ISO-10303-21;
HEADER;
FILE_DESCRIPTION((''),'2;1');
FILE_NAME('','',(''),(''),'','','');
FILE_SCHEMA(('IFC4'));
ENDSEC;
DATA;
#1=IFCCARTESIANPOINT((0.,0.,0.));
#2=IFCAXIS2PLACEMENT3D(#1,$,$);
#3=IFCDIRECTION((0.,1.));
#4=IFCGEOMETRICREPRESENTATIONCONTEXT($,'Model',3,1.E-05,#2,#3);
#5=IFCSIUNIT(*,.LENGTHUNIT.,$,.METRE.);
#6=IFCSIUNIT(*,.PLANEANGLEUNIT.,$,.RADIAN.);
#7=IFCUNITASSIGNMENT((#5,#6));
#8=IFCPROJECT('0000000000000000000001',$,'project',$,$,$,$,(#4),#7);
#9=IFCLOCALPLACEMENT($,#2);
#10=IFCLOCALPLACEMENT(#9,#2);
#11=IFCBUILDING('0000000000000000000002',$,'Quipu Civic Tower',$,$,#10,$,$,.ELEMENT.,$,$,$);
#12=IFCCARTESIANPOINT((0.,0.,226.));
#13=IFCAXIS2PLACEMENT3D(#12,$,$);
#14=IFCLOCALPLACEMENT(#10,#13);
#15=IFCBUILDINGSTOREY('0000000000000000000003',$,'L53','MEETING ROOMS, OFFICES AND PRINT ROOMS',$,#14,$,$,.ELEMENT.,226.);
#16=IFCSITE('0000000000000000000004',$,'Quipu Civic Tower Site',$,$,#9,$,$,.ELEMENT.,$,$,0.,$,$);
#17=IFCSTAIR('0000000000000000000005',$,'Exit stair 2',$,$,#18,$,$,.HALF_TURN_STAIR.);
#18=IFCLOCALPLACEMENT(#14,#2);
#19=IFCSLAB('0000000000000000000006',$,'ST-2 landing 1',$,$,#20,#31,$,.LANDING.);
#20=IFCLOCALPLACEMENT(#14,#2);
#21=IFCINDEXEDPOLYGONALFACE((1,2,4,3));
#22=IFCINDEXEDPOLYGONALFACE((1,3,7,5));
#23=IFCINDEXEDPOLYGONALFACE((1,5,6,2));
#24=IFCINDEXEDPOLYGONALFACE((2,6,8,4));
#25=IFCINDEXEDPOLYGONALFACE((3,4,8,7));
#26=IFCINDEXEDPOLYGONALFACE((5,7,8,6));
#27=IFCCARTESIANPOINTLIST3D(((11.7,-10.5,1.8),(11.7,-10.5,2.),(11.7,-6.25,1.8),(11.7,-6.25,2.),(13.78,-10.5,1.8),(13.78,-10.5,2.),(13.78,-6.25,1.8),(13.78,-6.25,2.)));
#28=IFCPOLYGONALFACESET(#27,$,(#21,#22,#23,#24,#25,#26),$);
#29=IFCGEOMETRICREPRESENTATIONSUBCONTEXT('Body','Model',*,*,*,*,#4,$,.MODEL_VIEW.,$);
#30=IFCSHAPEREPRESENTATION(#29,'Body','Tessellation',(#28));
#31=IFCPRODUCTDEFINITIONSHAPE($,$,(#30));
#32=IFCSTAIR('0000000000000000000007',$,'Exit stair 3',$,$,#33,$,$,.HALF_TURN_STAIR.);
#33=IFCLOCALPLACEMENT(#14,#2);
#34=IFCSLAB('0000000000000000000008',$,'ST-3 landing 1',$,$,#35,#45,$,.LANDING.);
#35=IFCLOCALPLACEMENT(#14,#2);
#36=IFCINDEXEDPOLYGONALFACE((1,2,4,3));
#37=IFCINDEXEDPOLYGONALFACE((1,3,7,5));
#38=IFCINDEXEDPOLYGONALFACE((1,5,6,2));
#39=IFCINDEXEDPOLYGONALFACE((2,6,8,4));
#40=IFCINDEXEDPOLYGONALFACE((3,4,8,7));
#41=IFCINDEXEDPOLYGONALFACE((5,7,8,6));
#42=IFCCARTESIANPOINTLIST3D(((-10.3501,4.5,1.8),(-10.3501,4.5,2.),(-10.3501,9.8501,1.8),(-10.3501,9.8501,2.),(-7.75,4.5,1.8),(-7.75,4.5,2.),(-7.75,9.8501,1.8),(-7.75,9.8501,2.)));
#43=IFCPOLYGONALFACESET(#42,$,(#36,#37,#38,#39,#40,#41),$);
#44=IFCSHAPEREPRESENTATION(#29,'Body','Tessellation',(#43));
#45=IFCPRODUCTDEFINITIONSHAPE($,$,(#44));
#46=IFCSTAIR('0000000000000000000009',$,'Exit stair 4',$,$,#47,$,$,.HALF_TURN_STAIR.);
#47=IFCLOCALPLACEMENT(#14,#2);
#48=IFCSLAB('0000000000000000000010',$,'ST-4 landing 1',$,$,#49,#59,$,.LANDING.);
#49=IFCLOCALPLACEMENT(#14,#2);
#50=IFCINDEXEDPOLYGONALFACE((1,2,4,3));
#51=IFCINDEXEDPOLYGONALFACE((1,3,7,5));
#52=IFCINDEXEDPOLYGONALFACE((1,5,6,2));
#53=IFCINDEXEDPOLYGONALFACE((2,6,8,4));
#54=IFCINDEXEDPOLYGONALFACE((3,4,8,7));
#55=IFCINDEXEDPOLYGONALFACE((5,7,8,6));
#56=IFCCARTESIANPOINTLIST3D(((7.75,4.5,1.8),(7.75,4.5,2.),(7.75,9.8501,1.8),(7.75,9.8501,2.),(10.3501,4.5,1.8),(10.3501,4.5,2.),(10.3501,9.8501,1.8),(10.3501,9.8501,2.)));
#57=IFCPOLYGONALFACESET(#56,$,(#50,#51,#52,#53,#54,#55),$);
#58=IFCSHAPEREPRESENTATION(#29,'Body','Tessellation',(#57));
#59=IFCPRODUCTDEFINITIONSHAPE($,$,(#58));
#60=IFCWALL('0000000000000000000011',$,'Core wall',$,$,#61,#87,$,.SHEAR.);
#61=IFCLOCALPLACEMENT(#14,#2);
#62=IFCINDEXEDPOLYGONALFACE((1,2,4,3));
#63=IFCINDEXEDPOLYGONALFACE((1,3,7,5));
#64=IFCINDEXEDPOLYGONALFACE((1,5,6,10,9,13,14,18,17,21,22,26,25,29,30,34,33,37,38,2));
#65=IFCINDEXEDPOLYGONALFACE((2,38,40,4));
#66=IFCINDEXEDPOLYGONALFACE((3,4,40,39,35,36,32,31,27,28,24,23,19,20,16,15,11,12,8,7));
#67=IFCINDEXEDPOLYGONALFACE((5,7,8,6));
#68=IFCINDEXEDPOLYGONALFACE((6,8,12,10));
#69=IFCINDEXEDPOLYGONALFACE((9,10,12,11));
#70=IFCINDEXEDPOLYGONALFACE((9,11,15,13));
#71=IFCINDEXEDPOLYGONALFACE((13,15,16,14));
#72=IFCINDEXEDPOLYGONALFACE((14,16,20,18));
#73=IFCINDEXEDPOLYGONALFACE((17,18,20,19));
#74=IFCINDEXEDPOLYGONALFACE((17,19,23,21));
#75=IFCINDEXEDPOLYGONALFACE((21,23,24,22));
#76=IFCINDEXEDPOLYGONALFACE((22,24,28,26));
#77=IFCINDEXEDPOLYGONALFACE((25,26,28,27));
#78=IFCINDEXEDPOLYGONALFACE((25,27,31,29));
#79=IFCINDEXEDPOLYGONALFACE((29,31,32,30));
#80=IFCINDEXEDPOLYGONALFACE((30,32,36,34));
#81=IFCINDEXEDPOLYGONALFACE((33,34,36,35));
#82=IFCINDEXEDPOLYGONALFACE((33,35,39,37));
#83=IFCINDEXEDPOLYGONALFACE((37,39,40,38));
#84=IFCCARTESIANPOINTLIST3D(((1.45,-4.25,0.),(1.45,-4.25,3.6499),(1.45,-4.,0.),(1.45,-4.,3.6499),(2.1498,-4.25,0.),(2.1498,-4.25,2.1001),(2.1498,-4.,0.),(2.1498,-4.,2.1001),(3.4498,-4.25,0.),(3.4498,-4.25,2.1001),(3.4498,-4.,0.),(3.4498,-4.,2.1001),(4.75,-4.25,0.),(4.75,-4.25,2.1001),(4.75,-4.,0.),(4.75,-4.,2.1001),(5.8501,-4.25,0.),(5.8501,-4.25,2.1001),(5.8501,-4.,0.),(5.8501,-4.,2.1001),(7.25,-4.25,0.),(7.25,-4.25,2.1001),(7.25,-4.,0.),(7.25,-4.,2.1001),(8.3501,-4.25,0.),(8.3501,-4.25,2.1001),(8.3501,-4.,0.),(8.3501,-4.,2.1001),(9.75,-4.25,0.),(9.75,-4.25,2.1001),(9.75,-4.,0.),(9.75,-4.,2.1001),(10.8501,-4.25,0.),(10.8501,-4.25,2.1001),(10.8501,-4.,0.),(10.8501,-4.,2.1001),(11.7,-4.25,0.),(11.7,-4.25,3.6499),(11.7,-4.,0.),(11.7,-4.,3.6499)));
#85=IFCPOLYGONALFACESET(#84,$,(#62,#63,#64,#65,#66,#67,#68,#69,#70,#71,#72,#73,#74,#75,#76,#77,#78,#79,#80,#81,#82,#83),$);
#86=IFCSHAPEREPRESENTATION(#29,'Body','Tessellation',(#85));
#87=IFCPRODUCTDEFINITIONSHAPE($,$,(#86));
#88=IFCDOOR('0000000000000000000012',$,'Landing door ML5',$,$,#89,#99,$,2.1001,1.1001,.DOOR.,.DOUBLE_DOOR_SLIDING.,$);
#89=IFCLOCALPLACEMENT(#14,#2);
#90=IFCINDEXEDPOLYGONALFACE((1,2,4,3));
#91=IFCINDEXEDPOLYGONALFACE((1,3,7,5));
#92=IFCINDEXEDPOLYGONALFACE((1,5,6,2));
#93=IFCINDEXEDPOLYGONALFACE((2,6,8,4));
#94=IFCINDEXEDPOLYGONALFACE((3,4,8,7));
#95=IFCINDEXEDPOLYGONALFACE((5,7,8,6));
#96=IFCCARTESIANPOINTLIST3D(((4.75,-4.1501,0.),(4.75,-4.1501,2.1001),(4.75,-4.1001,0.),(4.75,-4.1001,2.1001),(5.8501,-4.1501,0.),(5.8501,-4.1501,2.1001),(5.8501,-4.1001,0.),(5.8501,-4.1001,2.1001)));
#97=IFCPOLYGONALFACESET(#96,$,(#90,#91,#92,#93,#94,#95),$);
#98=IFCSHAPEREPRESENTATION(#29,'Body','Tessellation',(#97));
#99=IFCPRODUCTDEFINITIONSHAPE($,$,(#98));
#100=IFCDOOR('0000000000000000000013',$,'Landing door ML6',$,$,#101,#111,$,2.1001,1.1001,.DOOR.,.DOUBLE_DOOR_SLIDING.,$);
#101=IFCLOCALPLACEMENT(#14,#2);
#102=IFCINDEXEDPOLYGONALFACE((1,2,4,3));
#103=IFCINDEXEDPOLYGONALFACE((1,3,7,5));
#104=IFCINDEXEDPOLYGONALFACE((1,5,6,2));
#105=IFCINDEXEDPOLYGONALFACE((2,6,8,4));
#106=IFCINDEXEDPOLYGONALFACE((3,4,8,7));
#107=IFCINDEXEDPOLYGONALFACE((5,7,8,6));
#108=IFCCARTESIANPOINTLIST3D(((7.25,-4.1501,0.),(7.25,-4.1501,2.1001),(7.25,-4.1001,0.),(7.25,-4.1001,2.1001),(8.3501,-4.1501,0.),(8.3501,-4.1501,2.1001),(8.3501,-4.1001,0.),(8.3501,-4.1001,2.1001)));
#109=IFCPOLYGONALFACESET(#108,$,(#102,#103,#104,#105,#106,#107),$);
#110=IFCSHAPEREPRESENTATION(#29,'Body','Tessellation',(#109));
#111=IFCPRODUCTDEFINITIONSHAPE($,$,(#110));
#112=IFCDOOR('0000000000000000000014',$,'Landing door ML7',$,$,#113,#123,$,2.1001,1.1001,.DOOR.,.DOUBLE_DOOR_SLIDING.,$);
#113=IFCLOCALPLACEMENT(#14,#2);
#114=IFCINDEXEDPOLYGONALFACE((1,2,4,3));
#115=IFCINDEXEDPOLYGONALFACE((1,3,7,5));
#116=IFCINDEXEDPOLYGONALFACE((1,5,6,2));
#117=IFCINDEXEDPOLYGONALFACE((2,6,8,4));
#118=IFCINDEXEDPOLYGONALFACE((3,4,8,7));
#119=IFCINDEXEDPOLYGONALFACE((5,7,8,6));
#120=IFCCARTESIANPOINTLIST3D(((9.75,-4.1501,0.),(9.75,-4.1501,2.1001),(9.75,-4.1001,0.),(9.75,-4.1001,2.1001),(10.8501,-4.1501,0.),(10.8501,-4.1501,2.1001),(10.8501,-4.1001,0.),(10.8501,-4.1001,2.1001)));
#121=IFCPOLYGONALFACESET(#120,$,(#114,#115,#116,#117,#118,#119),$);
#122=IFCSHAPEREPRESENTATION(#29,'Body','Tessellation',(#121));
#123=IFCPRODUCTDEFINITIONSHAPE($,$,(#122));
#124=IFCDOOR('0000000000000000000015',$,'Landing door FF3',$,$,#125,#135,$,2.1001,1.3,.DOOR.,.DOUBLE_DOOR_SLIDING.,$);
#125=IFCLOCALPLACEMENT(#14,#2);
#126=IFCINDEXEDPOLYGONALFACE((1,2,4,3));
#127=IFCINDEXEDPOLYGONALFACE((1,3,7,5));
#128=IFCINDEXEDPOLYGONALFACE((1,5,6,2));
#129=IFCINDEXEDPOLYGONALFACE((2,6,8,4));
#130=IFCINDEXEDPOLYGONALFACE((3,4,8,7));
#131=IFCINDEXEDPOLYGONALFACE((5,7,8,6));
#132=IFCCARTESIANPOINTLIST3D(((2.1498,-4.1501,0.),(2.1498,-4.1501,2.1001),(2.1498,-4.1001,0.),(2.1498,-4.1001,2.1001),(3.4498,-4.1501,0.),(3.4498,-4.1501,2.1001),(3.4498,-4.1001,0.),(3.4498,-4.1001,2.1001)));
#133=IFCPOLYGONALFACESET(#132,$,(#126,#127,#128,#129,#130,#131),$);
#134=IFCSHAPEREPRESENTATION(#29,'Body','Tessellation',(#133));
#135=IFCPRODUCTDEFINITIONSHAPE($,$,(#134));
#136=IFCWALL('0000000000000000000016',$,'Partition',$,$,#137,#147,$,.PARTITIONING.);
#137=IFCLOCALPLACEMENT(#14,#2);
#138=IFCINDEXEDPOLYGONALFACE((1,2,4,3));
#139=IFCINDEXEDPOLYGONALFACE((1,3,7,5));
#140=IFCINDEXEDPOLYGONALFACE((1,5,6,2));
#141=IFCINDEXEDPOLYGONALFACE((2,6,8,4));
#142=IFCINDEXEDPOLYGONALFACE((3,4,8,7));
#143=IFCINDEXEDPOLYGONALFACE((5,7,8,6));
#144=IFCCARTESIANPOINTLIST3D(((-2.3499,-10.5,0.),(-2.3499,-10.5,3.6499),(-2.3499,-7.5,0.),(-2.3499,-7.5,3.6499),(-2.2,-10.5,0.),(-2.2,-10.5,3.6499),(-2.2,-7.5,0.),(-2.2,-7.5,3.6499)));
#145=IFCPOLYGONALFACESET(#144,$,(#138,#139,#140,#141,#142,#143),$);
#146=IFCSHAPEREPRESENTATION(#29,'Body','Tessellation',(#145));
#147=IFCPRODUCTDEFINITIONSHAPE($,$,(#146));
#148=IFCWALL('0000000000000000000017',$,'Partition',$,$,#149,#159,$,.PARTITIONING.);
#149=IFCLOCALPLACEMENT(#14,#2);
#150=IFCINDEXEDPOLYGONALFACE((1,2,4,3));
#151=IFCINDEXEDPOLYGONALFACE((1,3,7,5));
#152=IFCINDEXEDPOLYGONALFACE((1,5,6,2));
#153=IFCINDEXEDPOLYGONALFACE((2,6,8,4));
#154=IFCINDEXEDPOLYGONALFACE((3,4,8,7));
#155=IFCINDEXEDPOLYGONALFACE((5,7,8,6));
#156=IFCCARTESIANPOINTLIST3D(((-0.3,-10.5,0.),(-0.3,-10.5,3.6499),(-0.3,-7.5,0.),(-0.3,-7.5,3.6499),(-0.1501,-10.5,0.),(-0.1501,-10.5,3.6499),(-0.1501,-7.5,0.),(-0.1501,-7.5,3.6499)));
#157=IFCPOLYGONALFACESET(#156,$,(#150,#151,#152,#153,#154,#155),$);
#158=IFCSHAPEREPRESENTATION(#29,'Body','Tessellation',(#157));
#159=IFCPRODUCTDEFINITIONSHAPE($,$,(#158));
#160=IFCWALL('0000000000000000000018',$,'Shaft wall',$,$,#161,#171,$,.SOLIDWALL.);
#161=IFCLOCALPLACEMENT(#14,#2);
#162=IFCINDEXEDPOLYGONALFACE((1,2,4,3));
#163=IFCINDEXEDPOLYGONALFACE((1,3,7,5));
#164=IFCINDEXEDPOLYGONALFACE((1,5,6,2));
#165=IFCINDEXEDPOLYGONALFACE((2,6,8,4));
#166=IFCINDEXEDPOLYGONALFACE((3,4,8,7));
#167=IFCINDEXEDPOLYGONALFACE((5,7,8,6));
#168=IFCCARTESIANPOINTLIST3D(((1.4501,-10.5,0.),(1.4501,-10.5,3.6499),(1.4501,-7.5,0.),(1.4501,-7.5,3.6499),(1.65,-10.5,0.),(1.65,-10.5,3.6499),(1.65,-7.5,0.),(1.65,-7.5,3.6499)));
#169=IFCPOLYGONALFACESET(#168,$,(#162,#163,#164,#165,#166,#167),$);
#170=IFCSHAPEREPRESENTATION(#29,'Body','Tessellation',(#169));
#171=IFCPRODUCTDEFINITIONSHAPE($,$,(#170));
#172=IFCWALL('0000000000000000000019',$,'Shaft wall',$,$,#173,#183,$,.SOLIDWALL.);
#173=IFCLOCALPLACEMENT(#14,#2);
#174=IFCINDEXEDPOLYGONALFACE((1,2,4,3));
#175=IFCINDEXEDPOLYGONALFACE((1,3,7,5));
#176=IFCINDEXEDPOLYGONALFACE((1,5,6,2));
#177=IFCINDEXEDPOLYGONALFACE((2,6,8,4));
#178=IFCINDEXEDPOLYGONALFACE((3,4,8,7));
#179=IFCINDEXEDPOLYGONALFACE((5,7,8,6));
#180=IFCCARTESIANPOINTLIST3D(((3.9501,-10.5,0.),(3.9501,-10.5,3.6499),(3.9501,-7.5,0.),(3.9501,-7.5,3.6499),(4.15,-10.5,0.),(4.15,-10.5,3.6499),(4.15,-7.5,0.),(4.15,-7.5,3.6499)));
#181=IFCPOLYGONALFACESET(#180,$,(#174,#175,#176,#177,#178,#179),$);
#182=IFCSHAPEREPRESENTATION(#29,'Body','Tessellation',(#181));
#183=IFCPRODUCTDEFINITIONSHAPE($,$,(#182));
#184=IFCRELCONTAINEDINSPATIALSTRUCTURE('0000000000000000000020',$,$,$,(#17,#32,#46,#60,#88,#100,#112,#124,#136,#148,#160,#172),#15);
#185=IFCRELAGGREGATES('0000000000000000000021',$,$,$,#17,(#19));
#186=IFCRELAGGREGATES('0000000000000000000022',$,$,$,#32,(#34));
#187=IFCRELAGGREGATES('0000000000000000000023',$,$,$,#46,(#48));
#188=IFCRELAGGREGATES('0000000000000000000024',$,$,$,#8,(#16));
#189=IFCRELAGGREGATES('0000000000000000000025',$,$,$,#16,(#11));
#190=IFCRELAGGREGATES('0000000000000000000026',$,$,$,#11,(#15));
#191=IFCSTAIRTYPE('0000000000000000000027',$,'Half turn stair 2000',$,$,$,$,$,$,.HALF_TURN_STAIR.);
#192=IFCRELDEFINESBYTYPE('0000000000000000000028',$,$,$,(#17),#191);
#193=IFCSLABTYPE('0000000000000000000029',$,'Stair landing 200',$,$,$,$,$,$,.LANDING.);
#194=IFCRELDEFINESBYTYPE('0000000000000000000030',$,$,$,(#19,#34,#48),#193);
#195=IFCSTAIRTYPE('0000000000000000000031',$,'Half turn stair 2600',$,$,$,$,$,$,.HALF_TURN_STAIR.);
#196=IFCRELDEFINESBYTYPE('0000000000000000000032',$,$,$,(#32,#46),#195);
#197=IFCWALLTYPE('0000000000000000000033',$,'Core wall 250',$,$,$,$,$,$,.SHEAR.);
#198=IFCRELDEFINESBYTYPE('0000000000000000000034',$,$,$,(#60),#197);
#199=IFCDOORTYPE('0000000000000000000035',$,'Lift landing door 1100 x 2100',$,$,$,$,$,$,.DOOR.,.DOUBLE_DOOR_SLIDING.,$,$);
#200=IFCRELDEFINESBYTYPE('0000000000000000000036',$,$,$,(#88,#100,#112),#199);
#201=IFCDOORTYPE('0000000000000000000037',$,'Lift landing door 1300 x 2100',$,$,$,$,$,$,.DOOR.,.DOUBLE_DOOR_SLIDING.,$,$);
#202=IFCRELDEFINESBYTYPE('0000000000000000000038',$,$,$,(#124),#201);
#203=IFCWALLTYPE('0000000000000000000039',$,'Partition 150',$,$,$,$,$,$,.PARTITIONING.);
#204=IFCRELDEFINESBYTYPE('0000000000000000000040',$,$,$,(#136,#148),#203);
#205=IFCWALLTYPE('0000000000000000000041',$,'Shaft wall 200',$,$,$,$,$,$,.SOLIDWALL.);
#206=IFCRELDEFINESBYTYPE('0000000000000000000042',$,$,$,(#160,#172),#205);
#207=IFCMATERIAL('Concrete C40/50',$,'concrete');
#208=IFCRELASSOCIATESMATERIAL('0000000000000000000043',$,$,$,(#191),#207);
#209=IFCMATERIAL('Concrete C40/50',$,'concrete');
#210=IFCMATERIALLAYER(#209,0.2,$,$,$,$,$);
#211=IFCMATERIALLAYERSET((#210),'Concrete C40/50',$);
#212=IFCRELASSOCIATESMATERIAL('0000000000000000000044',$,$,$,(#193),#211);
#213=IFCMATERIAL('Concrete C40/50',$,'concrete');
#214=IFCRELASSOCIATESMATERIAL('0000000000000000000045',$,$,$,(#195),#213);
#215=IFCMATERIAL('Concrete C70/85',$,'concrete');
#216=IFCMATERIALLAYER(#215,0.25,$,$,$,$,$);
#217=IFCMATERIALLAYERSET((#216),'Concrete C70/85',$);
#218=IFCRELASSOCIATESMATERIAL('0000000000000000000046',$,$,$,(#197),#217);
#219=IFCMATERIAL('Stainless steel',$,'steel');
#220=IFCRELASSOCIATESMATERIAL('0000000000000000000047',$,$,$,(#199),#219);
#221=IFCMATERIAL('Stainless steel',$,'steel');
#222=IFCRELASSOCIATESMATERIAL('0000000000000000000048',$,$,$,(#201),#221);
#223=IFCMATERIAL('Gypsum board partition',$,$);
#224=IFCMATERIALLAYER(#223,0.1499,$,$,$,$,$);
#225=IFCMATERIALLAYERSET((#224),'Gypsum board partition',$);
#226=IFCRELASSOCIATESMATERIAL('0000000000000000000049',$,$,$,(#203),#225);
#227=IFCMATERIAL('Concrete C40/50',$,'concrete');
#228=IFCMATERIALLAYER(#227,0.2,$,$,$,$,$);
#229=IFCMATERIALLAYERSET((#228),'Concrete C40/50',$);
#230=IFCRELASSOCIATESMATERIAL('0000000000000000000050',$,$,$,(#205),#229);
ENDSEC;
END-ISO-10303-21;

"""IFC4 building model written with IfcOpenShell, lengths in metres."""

from ifc_helpers import new_model, si_unit, direction, frame, frame_2d, origin, place, context, subcontext, project, spatial, polyline, rectangle, outline, extrude, material, layer, layer_set, type_object, element, fill, aggregate, save


model = new_model("IFC4")

# Units and contexts
model_context = context("Model", 3, precision=1e-05, world=origin(), true_north=direction((0.0, 1.0)))
body_context = subcontext(model_context, "Body", "Model", "MODEL_VIEW")
ifc_project = project(units=[si_unit("LENGTHUNIT", "METRE"), si_unit("PLANEANGLEUNIT", "RADIAN")], contexts=[model_context])

# Site, building, storey
site_placement = place(None, origin())
site = spatial("IfcSite", under=ifc_project, at=site_placement, Name="Quipu Civic Tower Site", CompositionType="ELEMENT", RefElevation=0.0)
building_placement = place(site_placement, origin())
building = spatial("IfcBuilding", under=site, at=building_placement, Name="Quipu Civic Tower", CompositionType="ELEMENT")
storey_placement = place(building_placement, frame((0.0, 0.0, 226.0)))
storey = spatial("IfcBuildingStorey", under=building, at=storey_placement, Name="L53", Description="MEETING ROOMS, OFFICES AND PRINT ROOMS", CompositionType="ELEMENT", Elevation=226.0)

# Stairs, slabs
ifc_material_1 = material(Name="Concrete C40/50", Category="concrete")
stair_type_1 = type_object("IfcStairType", Name="Half turn stair 2000", PredefinedType="HALF_TURN_STAIR", material=ifc_material_1)
ifc_material_2 = material(Name="Concrete C40/50", Category="concrete")
ifc_layer_1 = layer(ifc_material_2, 0.2)
ifc_layer_set_1 = layer_set([ifc_layer_1], Name="Concrete C40/50")
slab_type_1 = type_object("IfcSlabType", Name="Stair landing 200", PredefinedType="LANDING", material=ifc_layer_set_1)
stair_1_placement = place(storey_placement, origin())
stair_1 = element("IfcStair", 1, at=stair_1_placement, inside=storey, type_object=stair_type_1, Name="Exit stair 2", PredefinedType="HALF_TURN_STAIR")
slab_1_placement = place(storey_placement, frame((0.0, 0.0, 1.8)))
slab_1 = element("IfcSlab", 2, at=slab_1_placement, type_object=slab_type_1, Name="ST-2 landing 1", PredefinedType="LANDING", context=body_context, shape_type="SweptSolid", body=[
    extrude(outline(polyline([(13.78, -6.25), (11.7, -6.25), (11.7, -10.5), (13.78, -10.5), (13.78, -6.25)])), origin(), (0.0, 0.0, 1.0), 0.2),
])
aggregate(stair_1, [slab_1])
ifc_material_3 = material(Name="Concrete C40/50", Category="concrete")
stair_type_2 = type_object("IfcStairType", Name="Half turn stair 2600", PredefinedType="HALF_TURN_STAIR", material=ifc_material_3)
stair_2_placement = place(storey_placement, origin())
stair_2 = element("IfcStair", 3, at=stair_2_placement, inside=storey, type_object=stair_type_2, Name="Exit stair 3", PredefinedType="HALF_TURN_STAIR")
slab_2_placement = place(storey_placement, frame((0.0, 0.0, 1.8)))
slab_2 = element("IfcSlab", 4, at=slab_2_placement, type_object=slab_type_1, Name="ST-3 landing 1", PredefinedType="LANDING", context=body_context, shape_type="SweptSolid", body=[
    extrude(outline(polyline([(-10.3501, 4.5), (-7.75, 4.5), (-7.75, 9.8501), (-10.3501, 9.8501), (-10.3501, 4.5)])), origin(), (0.0, 0.0, 1.0), 0.2),
])
aggregate(stair_2, [slab_2])
stair_3_placement = place(storey_placement, origin())
stair_3 = element("IfcStair", 5, at=stair_3_placement, inside=storey, type_object=stair_type_2, Name="Exit stair 4", PredefinedType="HALF_TURN_STAIR")
slab_3_placement = place(storey_placement, frame((0.0, 0.0, 1.8)))
slab_3 = element("IfcSlab", 6, at=slab_3_placement, type_object=slab_type_1, Name="ST-4 landing 1", PredefinedType="LANDING", context=body_context, shape_type="SweptSolid", body=[
    extrude(outline(polyline([(10.3501, 9.8501), (7.75, 9.8501), (7.75, 4.5), (10.3501, 4.5), (10.3501, 9.8501)])), origin(), (0.0, 0.0, 1.0), 0.2),
])
aggregate(stair_3, [slab_3])

# Wall, openings, doors
ifc_material_4 = material(Name="Concrete C70/85", Category="concrete")
ifc_layer_2 = layer(ifc_material_4, 0.25)
ifc_layer_set_2 = layer_set([ifc_layer_2], Name="Concrete C70/85")
wall_type_1 = type_object("IfcWallType", Name="Core wall 250", PredefinedType="SHEAR", material=ifc_layer_set_2)
wall_placement = place(storey_placement, frame((1.45, -4.125, 0.0), z_axis=(0.0, 0.0, 1.0), x_axis=(1.0, 0.0, 0.0)))
wall = element("IfcWall", 7, at=wall_placement, inside=storey, type_object=wall_type_1, Name="Core wall", PredefinedType="SHEAR", context=body_context, shape_type="SweptSolid", body=[
    extrude(rectangle(XDim=10.25, YDim=0.25, at=frame_2d((5.125, 0.0))), origin(), (0.0, 0.0, 1.0), 3.6499),
])
opening_1_placement = place(wall_placement, frame((0.7, 0.0, 0.0)))
opening_1 = element("IfcOpeningElement", 8, at=opening_1_placement, cuts=wall, PredefinedType="OPENING", context=body_context, shape_type="SweptSolid", body=[
    extrude(rectangle(XDim=1.3, YDim=2.1001, at=frame_2d((0.6499, 1.05))), frame((0.0, 0.135, 0.0), z_axis=(0.0, -1.0, 0.0), x_axis=(1.0, 0.0, 0.0)), (0.0, 0.0, 1.0), 0.27),
])
opening_2_placement = place(wall_placement, frame((3.3, 0.0, 0.0)))
opening_2 = element("IfcOpeningElement", 9, at=opening_2_placement, cuts=wall, PredefinedType="OPENING", context=body_context, shape_type="SweptSolid", body=[
    extrude(rectangle(XDim=1.1001, YDim=2.1001, at=frame_2d((0.55, 1.05))), frame((0.0, 0.135, 0.0), z_axis=(0.0, -1.0, 0.0), x_axis=(1.0, 0.0, 0.0)), (0.0, 0.0, 1.0), 0.27),
])
opening_3_placement = place(wall_placement, frame((5.8, 0.0, 0.0)))
opening_3 = element("IfcOpeningElement", 10, at=opening_3_placement, cuts=wall, PredefinedType="OPENING", context=body_context, shape_type="SweptSolid", body=[
    extrude(rectangle(XDim=1.1001, YDim=2.1001, at=frame_2d((0.55, 1.05))), frame((0.0, 0.135, 0.0), z_axis=(0.0, -1.0, 0.0), x_axis=(1.0, 0.0, 0.0)), (0.0, 0.0, 1.0), 0.27),
])
opening_4_placement = place(wall_placement, frame((8.3, 0.0, 0.0)))
opening_4 = element("IfcOpeningElement", 11, at=opening_4_placement, cuts=wall, PredefinedType="OPENING", context=body_context, shape_type="SweptSolid", body=[
    extrude(rectangle(XDim=1.1001, YDim=2.1001, at=frame_2d((0.55, 1.05))), frame((0.0, 0.135, 0.0), z_axis=(0.0, -1.0, 0.0), x_axis=(1.0, 0.0, 0.0)), (0.0, 0.0, 1.0), 0.27),
])
ifc_material_5 = material(Name="Stainless steel", Category="steel")
door_type_1 = type_object("IfcDoorType", Name="Lift landing door 1100 x 2100", OperationType="DOUBLE_DOOR_SLIDING", PredefinedType="DOOR", material=ifc_material_5)
door_1_placement = place(opening_2_placement, origin())
door_1 = element("IfcDoor", 12, at=door_1_placement, inside=storey, type_object=door_type_1, Name="Landing door ML5", OperationType="DOUBLE_DOOR_SLIDING", OverallHeight=2.1001, OverallWidth=1.1001, PredefinedType="DOOR", context=body_context, shape_type="SweptSolid", body=[
    extrude(rectangle(XDim=1.1001, YDim=2.1001, at=frame_2d((0.55, 1.05))), frame((0.0, 0.0249, 0.0), z_axis=(0.0, -1.0, 0.0), x_axis=(1.0, 0.0, 0.0)), (0.0, 0.0, 1.0), 0.05),
])
fill(opening_2, door_1)
door_2_placement = place(opening_3_placement, origin())
door_2 = element("IfcDoor", 13, at=door_2_placement, inside=storey, type_object=door_type_1, Name="Landing door ML6", OperationType="DOUBLE_DOOR_SLIDING", OverallHeight=2.1001, OverallWidth=1.1001, PredefinedType="DOOR", context=body_context, shape_type="SweptSolid", body=[
    extrude(rectangle(XDim=1.1001, YDim=2.1001, at=frame_2d((0.55, 1.05))), frame((0.0, 0.0249, 0.0), z_axis=(0.0, -1.0, 0.0), x_axis=(1.0, 0.0, 0.0)), (0.0, 0.0, 1.0), 0.05),
])
fill(opening_3, door_2)
door_3_placement = place(opening_4_placement, origin())
door_3 = element("IfcDoor", 14, at=door_3_placement, inside=storey, type_object=door_type_1, Name="Landing door ML7", OperationType="DOUBLE_DOOR_SLIDING", OverallHeight=2.1001, OverallWidth=1.1001, PredefinedType="DOOR", context=body_context, shape_type="SweptSolid", body=[
    extrude(rectangle(XDim=1.1001, YDim=2.1001, at=frame_2d((0.55, 1.05))), frame((0.0, 0.0249, 0.0), z_axis=(0.0, -1.0, 0.0), x_axis=(1.0, 0.0, 0.0)), (0.0, 0.0, 1.0), 0.05),
])
fill(opening_4, door_3)
ifc_material_6 = material(Name="Stainless steel", Category="steel")
door_type_2 = type_object("IfcDoorType", Name="Lift landing door 1300 x 2100", OperationType="DOUBLE_DOOR_SLIDING", PredefinedType="DOOR", material=ifc_material_6)
door_4_placement = place(opening_1_placement, origin())
door_4 = element("IfcDoor", 15, at=door_4_placement, inside=storey, type_object=door_type_2, Name="Landing door FF3", OperationType="DOUBLE_DOOR_SLIDING", OverallHeight=2.1001, OverallWidth=1.3, PredefinedType="DOOR", context=body_context, shape_type="SweptSolid", body=[
    extrude(rectangle(XDim=1.3, YDim=2.1001, at=frame_2d((0.6499, 1.05))), frame((0.0, 0.0249, 0.0), z_axis=(0.0, -1.0, 0.0), x_axis=(1.0, 0.0, 0.0)), (0.0, 0.0, 1.0), 0.05),
])
fill(opening_1, door_4)

# Walls
ifc_material_7 = material(Name="Gypsum board partition")
ifc_layer_3 = layer(ifc_material_7, 0.1499)
ifc_layer_set_3 = layer_set([ifc_layer_3], Name="Gypsum board partition")
wall_type_2 = type_object("IfcWallType", Name="Partition 150", PredefinedType="PARTITIONING", material=ifc_layer_set_3)
for number, where, z_axis, x_axis, name in (
    (16, (-2.2749, -10.5, 0.0), (0.0, 0.0, 1.0), (0.0, 1.0, 0.0), "Partition"),
    (17, (-0.2251, -10.5, 0.0), (0.0, 0.0, 1.0), (0.0, 1.0, 0.0), "Partition"),
):
    element("IfcWall", number, at=place(storey_placement, frame(where, z_axis=z_axis, x_axis=x_axis)), inside=storey, type_object=wall_type_2, Name=name, PredefinedType="PARTITIONING", context=body_context, shape_type="SweptSolid", body=[
        extrude(rectangle(XDim=3.0, YDim=0.1499, at=frame_2d((1.5, 0.0))), origin(), (0.0, 0.0, 1.0), 3.6499),
    ])
ifc_material_8 = material(Name="Concrete C40/50", Category="concrete")
ifc_layer_4 = layer(ifc_material_8, 0.2)
ifc_layer_set_4 = layer_set([ifc_layer_4], Name="Concrete C40/50")
wall_type_3 = type_object("IfcWallType", Name="Shaft wall 200", PredefinedType="SOLIDWALL", material=ifc_layer_set_4)
for number, where, z_axis, x_axis, name in (
    (18, (1.55, -10.5, 0.0), (0.0, 0.0, 1.0), (0.0, 1.0, 0.0), "Shaft wall"),
    (19, (4.05, -10.5, 0.0), (0.0, 0.0, 1.0), (0.0, 1.0, 0.0), "Shaft wall"),
):
    element("IfcWall", number, at=place(storey_placement, frame(where, z_axis=z_axis, x_axis=x_axis)), inside=storey, type_object=wall_type_3, Name=name, PredefinedType="SOLIDWALL", context=body_context, shape_type="SweptSolid", body=[
        extrude(rectangle(XDim=3.0, YDim=0.2, at=frame_2d((1.5, 0.0))), origin(), (0.0, 0.0, 1.0), 3.6499),
    ])

save(model, "model.ifc")
